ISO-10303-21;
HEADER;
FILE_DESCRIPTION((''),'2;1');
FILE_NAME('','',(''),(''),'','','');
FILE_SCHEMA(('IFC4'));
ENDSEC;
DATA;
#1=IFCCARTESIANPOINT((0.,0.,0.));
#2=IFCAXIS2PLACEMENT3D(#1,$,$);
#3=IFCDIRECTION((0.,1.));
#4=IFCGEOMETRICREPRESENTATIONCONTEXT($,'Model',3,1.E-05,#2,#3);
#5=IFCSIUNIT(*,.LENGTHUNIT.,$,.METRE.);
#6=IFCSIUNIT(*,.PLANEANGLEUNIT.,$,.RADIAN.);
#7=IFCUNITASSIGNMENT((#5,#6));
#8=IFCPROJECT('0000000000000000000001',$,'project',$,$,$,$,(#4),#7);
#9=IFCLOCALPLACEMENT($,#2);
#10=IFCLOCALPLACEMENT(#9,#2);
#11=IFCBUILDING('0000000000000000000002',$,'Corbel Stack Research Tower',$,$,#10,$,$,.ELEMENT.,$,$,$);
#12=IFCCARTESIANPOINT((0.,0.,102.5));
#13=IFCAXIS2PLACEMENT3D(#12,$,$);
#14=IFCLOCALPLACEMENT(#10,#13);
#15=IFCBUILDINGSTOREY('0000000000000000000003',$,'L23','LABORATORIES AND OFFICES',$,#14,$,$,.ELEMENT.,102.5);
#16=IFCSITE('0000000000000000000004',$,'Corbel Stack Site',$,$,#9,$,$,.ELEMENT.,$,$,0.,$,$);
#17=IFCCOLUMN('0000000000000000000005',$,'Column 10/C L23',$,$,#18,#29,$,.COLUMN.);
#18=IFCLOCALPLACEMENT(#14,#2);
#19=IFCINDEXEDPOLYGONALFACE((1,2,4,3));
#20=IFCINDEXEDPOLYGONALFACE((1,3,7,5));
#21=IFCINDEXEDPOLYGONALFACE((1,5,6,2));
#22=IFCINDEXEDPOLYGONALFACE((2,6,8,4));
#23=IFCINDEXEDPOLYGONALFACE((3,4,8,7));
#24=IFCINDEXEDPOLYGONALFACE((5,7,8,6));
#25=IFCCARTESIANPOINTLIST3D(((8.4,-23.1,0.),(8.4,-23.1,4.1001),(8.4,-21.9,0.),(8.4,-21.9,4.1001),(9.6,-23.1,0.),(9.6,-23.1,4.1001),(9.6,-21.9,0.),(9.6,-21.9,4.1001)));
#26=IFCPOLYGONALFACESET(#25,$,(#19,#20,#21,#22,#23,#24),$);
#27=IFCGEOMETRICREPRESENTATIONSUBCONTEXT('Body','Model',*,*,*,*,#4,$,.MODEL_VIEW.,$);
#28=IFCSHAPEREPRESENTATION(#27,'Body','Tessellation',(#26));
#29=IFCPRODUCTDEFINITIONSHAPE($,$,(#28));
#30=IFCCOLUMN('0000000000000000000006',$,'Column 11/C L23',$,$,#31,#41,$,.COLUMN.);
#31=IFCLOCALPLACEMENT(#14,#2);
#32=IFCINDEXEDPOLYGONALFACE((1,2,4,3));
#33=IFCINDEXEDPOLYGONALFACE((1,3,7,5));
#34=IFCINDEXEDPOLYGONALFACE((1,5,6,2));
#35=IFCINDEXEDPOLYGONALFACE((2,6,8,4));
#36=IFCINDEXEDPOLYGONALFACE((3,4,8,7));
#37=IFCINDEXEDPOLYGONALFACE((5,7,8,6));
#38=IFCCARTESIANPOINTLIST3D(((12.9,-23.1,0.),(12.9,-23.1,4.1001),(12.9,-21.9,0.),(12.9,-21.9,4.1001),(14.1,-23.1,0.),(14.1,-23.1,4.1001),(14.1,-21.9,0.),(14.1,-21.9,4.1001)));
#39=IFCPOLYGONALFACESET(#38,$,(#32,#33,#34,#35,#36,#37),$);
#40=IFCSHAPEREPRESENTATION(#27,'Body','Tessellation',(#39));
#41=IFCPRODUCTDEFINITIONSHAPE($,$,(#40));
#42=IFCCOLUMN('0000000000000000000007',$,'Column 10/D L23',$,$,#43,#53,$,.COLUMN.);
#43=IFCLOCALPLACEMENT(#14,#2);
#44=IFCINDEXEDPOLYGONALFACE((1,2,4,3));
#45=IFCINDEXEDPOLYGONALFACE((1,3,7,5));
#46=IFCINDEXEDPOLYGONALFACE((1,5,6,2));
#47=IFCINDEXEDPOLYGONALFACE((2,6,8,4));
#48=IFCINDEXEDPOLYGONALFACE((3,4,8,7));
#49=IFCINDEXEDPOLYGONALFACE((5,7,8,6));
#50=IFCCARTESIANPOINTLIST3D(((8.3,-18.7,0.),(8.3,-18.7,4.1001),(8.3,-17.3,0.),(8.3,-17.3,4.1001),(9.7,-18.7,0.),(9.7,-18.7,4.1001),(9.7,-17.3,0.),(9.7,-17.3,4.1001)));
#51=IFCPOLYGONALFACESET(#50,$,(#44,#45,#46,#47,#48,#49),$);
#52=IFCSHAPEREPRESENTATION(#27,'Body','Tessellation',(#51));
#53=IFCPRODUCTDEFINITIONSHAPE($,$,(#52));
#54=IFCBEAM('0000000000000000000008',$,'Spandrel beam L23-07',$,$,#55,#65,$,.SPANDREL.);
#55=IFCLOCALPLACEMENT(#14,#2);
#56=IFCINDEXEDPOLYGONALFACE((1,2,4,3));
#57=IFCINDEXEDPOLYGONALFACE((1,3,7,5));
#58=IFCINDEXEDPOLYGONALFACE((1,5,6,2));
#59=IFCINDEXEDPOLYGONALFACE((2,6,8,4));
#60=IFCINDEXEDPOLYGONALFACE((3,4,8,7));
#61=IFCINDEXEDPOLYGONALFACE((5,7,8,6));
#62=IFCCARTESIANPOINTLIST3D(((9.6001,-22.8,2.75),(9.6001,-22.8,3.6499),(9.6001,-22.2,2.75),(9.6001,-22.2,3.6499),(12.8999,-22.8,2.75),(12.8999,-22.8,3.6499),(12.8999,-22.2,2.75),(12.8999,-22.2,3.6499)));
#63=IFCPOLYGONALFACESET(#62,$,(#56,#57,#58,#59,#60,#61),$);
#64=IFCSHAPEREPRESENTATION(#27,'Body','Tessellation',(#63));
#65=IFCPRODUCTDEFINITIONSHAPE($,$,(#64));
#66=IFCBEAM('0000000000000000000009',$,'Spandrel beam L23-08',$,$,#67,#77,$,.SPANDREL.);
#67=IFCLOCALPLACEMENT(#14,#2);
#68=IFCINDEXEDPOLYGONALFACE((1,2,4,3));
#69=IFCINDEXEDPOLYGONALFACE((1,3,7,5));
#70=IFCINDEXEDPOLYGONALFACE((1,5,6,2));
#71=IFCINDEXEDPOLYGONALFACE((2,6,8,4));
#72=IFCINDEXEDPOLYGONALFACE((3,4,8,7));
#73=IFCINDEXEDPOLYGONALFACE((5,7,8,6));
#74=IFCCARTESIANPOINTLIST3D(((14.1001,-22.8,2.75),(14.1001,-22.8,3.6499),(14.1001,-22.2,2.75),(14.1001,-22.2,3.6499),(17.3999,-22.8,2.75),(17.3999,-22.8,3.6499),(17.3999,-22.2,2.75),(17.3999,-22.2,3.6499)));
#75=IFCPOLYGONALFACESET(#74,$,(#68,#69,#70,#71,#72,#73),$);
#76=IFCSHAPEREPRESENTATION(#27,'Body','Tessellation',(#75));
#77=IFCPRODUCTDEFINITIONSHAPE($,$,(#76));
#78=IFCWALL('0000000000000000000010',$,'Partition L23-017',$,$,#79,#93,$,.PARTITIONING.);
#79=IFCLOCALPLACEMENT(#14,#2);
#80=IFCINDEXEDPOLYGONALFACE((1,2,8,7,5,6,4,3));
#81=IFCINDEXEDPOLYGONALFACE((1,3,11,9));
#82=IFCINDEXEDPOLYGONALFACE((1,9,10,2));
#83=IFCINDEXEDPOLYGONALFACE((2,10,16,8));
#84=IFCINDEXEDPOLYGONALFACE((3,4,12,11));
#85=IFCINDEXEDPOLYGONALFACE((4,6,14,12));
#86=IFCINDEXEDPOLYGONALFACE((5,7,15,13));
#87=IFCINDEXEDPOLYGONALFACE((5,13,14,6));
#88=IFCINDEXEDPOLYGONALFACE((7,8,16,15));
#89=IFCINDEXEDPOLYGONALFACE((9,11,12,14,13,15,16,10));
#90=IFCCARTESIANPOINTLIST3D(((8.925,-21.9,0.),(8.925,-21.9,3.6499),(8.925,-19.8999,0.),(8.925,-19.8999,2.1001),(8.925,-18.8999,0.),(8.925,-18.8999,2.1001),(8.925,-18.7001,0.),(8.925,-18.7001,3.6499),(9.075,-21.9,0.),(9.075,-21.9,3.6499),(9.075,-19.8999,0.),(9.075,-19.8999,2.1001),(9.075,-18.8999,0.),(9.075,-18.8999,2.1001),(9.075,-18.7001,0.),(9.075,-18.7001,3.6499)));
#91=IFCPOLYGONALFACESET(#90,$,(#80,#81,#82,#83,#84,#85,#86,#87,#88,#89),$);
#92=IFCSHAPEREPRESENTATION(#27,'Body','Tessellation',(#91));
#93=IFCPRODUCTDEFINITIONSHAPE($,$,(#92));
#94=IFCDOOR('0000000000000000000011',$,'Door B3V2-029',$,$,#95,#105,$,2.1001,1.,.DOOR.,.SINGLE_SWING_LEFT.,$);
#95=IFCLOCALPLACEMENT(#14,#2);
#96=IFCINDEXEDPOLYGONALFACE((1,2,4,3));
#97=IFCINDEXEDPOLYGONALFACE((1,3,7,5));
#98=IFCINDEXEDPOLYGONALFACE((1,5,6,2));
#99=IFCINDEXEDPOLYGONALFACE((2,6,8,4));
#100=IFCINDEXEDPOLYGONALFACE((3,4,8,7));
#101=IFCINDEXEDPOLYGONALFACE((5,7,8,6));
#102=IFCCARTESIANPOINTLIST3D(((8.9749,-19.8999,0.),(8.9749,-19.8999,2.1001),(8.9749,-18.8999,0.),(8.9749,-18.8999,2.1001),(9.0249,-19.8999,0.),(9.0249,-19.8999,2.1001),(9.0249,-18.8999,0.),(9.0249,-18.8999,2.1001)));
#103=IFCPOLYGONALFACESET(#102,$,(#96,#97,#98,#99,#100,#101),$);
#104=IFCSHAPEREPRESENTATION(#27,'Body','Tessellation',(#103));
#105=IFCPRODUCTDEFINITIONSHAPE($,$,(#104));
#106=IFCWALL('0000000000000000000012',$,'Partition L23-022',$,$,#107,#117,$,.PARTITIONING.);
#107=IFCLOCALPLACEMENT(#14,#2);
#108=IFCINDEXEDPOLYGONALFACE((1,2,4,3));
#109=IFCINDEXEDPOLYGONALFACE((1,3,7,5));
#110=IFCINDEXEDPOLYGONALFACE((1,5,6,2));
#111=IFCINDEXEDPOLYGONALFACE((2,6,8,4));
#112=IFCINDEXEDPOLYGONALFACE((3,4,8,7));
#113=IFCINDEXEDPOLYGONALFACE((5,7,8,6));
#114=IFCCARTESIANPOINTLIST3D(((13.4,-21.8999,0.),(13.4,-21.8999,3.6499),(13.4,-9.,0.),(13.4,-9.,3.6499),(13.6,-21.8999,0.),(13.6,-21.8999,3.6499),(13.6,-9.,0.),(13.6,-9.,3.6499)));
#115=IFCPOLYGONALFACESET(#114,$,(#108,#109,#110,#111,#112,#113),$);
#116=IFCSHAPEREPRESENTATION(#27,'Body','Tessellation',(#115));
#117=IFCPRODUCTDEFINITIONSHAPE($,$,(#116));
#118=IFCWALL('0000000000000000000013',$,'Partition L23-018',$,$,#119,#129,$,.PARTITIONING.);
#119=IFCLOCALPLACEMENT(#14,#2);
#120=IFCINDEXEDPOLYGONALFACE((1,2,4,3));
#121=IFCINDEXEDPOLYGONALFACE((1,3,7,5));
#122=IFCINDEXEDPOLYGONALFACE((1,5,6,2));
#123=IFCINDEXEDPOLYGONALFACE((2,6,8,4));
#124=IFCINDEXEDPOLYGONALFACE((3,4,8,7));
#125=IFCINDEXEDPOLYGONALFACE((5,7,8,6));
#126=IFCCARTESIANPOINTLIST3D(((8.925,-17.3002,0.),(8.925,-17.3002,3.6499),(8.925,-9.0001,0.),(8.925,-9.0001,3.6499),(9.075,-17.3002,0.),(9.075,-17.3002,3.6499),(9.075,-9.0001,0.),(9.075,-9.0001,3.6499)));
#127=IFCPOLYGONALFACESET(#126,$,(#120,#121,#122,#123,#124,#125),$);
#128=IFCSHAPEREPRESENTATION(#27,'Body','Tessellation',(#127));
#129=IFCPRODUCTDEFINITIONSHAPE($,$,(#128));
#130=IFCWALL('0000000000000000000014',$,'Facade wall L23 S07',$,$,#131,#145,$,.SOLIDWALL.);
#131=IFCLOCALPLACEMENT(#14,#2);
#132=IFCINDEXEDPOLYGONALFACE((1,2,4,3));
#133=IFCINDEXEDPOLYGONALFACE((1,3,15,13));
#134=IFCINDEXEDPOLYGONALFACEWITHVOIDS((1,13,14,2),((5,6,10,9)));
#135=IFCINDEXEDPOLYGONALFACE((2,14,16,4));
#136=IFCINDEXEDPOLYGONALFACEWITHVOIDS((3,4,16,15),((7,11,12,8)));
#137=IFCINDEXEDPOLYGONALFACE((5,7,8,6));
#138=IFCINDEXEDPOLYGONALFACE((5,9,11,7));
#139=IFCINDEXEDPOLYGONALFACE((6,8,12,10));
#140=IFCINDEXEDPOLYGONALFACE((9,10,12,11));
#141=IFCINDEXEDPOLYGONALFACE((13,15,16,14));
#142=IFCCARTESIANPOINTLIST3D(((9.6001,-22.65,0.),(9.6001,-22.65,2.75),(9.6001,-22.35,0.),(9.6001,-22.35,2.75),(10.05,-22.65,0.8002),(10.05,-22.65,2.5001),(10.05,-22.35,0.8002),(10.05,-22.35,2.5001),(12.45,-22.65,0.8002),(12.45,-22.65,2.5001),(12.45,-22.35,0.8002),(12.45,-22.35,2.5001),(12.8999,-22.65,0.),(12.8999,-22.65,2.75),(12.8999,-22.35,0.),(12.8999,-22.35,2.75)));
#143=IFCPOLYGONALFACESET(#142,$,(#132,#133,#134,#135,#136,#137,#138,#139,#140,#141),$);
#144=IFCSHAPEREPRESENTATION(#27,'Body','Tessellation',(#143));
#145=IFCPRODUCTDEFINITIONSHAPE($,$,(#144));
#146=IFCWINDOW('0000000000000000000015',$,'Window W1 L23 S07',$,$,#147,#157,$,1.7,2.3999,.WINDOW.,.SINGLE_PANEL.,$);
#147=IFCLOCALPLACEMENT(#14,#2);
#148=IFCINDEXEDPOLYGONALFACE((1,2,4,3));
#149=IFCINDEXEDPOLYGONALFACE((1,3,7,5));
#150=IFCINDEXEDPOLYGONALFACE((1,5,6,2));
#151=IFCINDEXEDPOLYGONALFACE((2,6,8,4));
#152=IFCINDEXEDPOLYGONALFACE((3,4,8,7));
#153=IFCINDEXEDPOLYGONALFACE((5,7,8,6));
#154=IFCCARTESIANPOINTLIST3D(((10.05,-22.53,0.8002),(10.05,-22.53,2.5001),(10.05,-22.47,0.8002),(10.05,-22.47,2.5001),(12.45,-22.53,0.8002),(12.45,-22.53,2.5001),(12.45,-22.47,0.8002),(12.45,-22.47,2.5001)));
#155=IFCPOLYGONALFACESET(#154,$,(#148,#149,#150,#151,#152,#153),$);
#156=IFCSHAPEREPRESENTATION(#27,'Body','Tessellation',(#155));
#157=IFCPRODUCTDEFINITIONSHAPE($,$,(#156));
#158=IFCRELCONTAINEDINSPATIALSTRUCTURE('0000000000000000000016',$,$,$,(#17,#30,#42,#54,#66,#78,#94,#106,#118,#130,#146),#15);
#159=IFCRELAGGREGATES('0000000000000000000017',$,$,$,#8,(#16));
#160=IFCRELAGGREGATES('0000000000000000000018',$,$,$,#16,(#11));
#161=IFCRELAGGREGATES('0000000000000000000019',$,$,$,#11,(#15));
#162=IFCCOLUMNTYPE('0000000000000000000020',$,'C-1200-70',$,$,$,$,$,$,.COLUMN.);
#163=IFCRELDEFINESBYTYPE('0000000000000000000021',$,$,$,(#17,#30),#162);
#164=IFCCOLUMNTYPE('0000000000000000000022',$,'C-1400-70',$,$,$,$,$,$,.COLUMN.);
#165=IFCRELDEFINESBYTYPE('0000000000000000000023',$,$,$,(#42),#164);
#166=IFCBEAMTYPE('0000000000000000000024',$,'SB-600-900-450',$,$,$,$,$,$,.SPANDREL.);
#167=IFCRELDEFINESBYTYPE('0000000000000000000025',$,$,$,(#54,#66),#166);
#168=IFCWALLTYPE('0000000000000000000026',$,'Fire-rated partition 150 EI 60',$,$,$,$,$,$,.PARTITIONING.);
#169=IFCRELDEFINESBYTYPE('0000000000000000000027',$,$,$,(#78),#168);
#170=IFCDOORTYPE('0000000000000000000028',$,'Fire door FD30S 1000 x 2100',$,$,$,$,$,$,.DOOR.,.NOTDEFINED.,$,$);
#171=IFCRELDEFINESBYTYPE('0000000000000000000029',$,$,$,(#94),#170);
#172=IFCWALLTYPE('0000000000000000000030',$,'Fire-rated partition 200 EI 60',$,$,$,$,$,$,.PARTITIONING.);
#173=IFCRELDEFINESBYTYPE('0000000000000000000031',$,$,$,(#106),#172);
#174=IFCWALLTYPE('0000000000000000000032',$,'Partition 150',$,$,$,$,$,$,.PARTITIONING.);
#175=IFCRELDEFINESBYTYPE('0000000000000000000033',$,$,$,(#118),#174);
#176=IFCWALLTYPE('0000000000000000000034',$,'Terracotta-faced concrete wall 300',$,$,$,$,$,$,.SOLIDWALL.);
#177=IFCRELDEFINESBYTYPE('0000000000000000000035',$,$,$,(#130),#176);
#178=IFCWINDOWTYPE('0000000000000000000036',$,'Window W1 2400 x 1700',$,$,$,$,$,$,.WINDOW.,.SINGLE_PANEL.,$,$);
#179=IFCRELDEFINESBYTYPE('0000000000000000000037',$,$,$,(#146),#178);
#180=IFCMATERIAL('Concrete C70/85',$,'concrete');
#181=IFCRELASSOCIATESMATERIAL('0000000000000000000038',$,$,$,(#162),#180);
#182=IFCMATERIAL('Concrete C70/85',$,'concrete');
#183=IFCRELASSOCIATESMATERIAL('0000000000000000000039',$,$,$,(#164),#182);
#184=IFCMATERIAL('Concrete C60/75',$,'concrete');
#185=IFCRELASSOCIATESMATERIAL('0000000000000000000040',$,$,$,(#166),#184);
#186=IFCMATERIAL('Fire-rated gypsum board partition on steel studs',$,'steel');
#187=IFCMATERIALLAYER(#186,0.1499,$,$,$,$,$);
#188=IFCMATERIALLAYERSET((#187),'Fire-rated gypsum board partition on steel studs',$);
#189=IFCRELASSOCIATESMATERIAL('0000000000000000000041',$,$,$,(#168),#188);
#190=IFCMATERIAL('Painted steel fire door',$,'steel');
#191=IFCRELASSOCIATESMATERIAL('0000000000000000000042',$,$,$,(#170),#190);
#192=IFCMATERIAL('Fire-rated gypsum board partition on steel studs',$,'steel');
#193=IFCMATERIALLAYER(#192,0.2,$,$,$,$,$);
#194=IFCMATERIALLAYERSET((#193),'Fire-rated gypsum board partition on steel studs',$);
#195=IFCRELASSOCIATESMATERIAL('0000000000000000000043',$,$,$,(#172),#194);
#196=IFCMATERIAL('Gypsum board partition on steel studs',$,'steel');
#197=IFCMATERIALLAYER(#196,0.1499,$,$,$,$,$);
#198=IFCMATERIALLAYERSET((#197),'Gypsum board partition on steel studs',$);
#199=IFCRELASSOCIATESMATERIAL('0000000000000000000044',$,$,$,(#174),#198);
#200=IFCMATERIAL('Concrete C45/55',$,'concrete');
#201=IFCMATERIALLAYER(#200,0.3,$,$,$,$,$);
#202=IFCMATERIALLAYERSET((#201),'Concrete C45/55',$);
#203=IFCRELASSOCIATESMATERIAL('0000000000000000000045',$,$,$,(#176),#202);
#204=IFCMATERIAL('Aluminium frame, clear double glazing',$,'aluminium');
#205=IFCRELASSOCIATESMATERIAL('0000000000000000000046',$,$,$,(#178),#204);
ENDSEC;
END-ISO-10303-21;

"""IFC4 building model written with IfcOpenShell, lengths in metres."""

from ifc_helpers import new_model, si_unit, direction, frame, frame_2d, origin, origin_2d, place, context, subcontext, project, spatial, rectangle, extrude, material, layer, layer_set, material_profile, profile_set, type_object, element, fill, save


model = new_model("IFC4")

# Units and contexts
model_context = context("Model", 3, precision=1e-05, world=origin(), true_north=direction((0.0, 1.0)))
body_context = subcontext(model_context, "Body", "Model", "MODEL_VIEW")
ifc_project = project(units=[si_unit("LENGTHUNIT", "METRE"), si_unit("PLANEANGLEUNIT", "RADIAN")], contexts=[model_context])

# Site, building, storey
site_placement = place(None, origin())
site = spatial("IfcSite", under=ifc_project, at=site_placement, Name="Corbel Stack Site", CompositionType="ELEMENT", RefElevation=0.0)
building_placement = place(site_placement, origin())
building = spatial("IfcBuilding", under=site, at=building_placement, Name="Corbel Stack Research Tower", CompositionType="ELEMENT")
storey_placement = place(building_placement, frame((0.0, 0.0, 102.5)))
storey = spatial("IfcBuildingStorey", under=building, at=storey_placement, Name="L23", Description="LABORATORIES AND OFFICES", CompositionType="ELEMENT", Elevation=102.5)

# Columns
ifc_material_1 = material(Name="Concrete C70/85", Category="concrete")
ifc_material_profile_1 = material_profile(ifc_material_1, rectangle(XDim=1.2, YDim=1.2, at=origin_2d()), Name="RC 1200 x 1200")
ifc_profile_set_1 = profile_set([ifc_material_profile_1], Name="Concrete C70/85")
column_type_1 = type_object("IfcColumnType", Name="C-1200-70", PredefinedType="COLUMN", material=ifc_profile_set_1)
for number, where, z_axis, x_axis, name in (
    (1, (9.0, -22.5, 0.0), (0.0, 0.0, 1.0), (1.0, 0.0, 0.0), "Column 10/C L23"),
    (2, (13.5, -22.5, 0.0), (0.0, 0.0, 1.0), (1.0, 0.0, 0.0), "Column 11/C L23"),
):
    element("IfcColumn", number, at=place(storey_placement, frame(where, z_axis=z_axis, x_axis=x_axis)), inside=storey, type_object=column_type_1, Name=name, PredefinedType="COLUMN", context=body_context, shape_type="SweptSolid", body=[
        extrude(rectangle(XDim=1.2, YDim=1.2, at=origin_2d()), origin(), (0.0, 0.0, 1.0), 4.1001),
    ])
ifc_material_2 = material(Name="Concrete C70/85", Category="concrete")
ifc_material_profile_2 = material_profile(ifc_material_2, rectangle(XDim=1.3999, YDim=1.3999, at=origin_2d()), Name="RC 1400 x 1400")
ifc_profile_set_2 = profile_set([ifc_material_profile_2], Name="Concrete C70/85")
column_type_2 = type_object("IfcColumnType", Name="C-1400-70", PredefinedType="COLUMN", material=ifc_profile_set_2)
column_placement = place(storey_placement, frame((9.0, -18.0, 0.0), z_axis=(0.0, 0.0, 1.0), x_axis=(1.0, 0.0, 0.0)))
element("IfcColumn", 3, at=column_placement, inside=storey, type_object=column_type_2, Name="Column 10/D L23", PredefinedType="COLUMN", context=body_context, shape_type="SweptSolid", body=[
    extrude(rectangle(XDim=1.3999, YDim=1.3999, at=origin_2d()), origin(), (0.0, 0.0, 1.0), 4.1001),
])

# Beams
ifc_material_3 = material(Name="Concrete C60/75", Category="concrete")
ifc_material_profile_3 = material_profile(ifc_material_3, rectangle(XDim=0.6001, YDim=0.8999, at=origin_2d()), Name="RC 600 x 900")
ifc_profile_set_3 = profile_set([ifc_material_profile_3], Name="Concrete C60/75")
beam_type = type_object("IfcBeamType", Name="SB-600-900-450", PredefinedType="SPANDREL", material=ifc_profile_set_3)
for number, where, z_axis, x_axis, name in (
    (4, (9.6001, -22.5, 3.2), (1.0, 0.0, 0.0), (0.0, 1.0, 0.0), "Spandrel beam L23-07"),
    (5, (14.1001, -22.5, 3.2), (1.0, 0.0, 0.0), (0.0, 1.0, 0.0), "Spandrel beam L23-08"),
):
    element("IfcBeam", number, at=place(storey_placement, frame(where, z_axis=z_axis, x_axis=x_axis)), inside=storey, type_object=beam_type, Name=name, PredefinedType="SPANDREL", context=body_context, shape_type="SweptSolid", body=[
        extrude(rectangle(XDim=0.6001, YDim=0.8999, at=origin_2d()), origin(), (0.0, 0.0, 1.0), 3.2998),
    ])

# Wall, opening, door
ifc_material_4 = material(Name="Fire-rated gypsum board partition on steel studs", Category="steel")
ifc_layer_1 = layer(ifc_material_4, 0.1499)
ifc_layer_set_1 = layer_set([ifc_layer_1], Name="Fire-rated gypsum board partition on steel studs")
wall_type_1 = type_object("IfcWallType", Name="Fire-rated partition 150 EI 60", PredefinedType="PARTITIONING", material=ifc_layer_set_1)
wall_1_placement = place(storey_placement, frame((9.0, -18.7, 0.0), z_axis=(0.0, 0.0, 1.0), x_axis=(0.0, -1.0, 0.0)))
wall_1 = element("IfcWall", 6, at=wall_1_placement, inside=storey, type_object=wall_type_1, Name="Partition L23-017", PredefinedType="PARTITIONING", context=body_context, shape_type="SweptSolid", body=[
    extrude(rectangle(XDim=3.2, YDim=0.1499, at=frame_2d((1.6001, 0.0))), origin(), (0.0, 0.0, 1.0), 3.6499),
])
opening_1_placement = place(wall_1_placement, frame((0.2, 0.0, 0.0)))
opening_1 = element("IfcOpeningElement", 7, at=opening_1_placement, cuts=wall_1, PredefinedType="OPENING", context=body_context, shape_type="SweptSolid", body=[
    extrude(rectangle(XDim=1.0, YDim=2.1001, at=frame_2d((0.5, 1.05))), frame((0.0, 0.085, 0.0), z_axis=(0.0, -1.0, 0.0), x_axis=(1.0, 0.0, 0.0)), (0.0, 0.0, 1.0), 0.1699),
])
ifc_material_5 = material(Name="Painted steel fire door", Category="steel")
door_type_1 = type_object("IfcDoorType", Name="Fire door FD30S 1000 x 2100", OperationType="NOTDEFINED", PredefinedType="DOOR", material=ifc_material_5)
door_1_placement = place(opening_1_placement, origin())
door_1 = element("IfcDoor", 8, at=door_1_placement, inside=storey, type_object=door_type_1, Name="Door B3V2-029", OperationType="SINGLE_SWING_LEFT", OverallHeight=2.1001, OverallWidth=1.0, PredefinedType="DOOR", context=body_context, shape_type="SweptSolid", body=[
    extrude(rectangle(XDim=1.0, YDim=2.1001, at=frame_2d((0.5, 1.05))), frame((0.0, 0.0249, 0.0), z_axis=(0.0, -1.0, 0.0), x_axis=(1.0, 0.0, 0.0)), (0.0, 0.0, 1.0), 0.05),
])
fill(opening_1, door_1)

# Walls
ifc_material_6 = material(Name="Fire-rated gypsum board partition on steel studs", Category="steel")
ifc_layer_2 = layer(ifc_material_6, 0.2)
ifc_layer_set_2 = layer_set([ifc_layer_2], Name="Fire-rated gypsum board partition on steel studs")
wall_type_2 = type_object("IfcWallType", Name="Fire-rated partition 200 EI 60", PredefinedType="PARTITIONING", material=ifc_layer_set_2)
wall_2_placement = place(storey_placement, frame((13.5, -21.8999, 0.0), z_axis=(0.0, 0.0, 1.0), x_axis=(0.0, 1.0, 0.0)))
element("IfcWall", 9, at=wall_2_placement, inside=storey, type_object=wall_type_2, Name="Partition L23-022", PredefinedType="PARTITIONING", context=body_context, shape_type="SweptSolid", body=[
    extrude(rectangle(XDim=12.8999, YDim=0.2, at=frame_2d((6.45, 0.0))), origin(), (0.0, 0.0, 1.0), 3.6499),
])
ifc_material_7 = material(Name="Gypsum board partition on steel studs", Category="steel")
ifc_layer_3 = layer(ifc_material_7, 0.1499)
ifc_layer_set_3 = layer_set([ifc_layer_3], Name="Gypsum board partition on steel studs")
wall_type_3 = type_object("IfcWallType", Name="Partition 150", PredefinedType="PARTITIONING", material=ifc_layer_set_3)
wall_3_placement = place(storey_placement, frame((9.0, -17.3, 0.0), z_axis=(0.0, 0.0, 1.0), x_axis=(0.0, 1.0, 0.0)))
element("IfcWall", 10, at=wall_3_placement, inside=storey, type_object=wall_type_3, Name="Partition L23-018", PredefinedType="PARTITIONING", context=body_context, shape_type="SweptSolid", body=[
    extrude(rectangle(XDim=8.3, YDim=0.1499, at=frame_2d((4.1499, 0.0))), origin(), (0.0, 0.0, 1.0), 3.6499),
])

# Wall, opening, window
ifc_material_8 = material(Name="Concrete C45/55", Category="concrete")
ifc_layer_4 = layer(ifc_material_8, 0.3)
ifc_layer_set_4 = layer_set([ifc_layer_4], Name="Concrete C45/55")
wall_type_4 = type_object("IfcWallType", Name="Terracotta-faced concrete wall 300", PredefinedType="SOLIDWALL", material=ifc_layer_set_4)
wall_4_placement = place(storey_placement, frame((12.8999, -22.5, 0.0), z_axis=(0.0, 0.0, 1.0), x_axis=(-1.0, 0.0, 0.0)))
wall_4 = element("IfcWall", 11, at=wall_4_placement, inside=storey, type_object=wall_type_4, Name="Facade wall L23 S07", PredefinedType="SOLIDWALL", context=body_context, shape_type="SweptSolid", body=[
    extrude(rectangle(XDim=3.2998, YDim=0.3, at=frame_2d((1.6499, 0.0))), origin(), (0.0, 0.0, 1.0), 2.75),
])
opening_2_placement = place(wall_4_placement, frame((0.45, 0.0, 0.8)))
opening_2 = element("IfcOpeningElement", 12, at=opening_2_placement, cuts=wall_4, PredefinedType="OPENING", context=body_context, shape_type="SweptSolid", body=[
    extrude(rectangle(XDim=2.3999, YDim=1.7, at=frame_2d((1.2, 0.8501))), frame((0.0, 0.1599, 0.0), z_axis=(0.0, -1.0, 0.0), x_axis=(1.0, 0.0, 0.0)), (0.0, 0.0, 1.0), 0.3201),
])
ifc_material_9 = material(Name="Aluminium frame, clear double glazing", Category="aluminium")
window_type = type_object("IfcWindowType", Name="Window W1 2400 x 1700", PartitioningType="SINGLE_PANEL", PredefinedType="WINDOW", material=ifc_material_9)
window_1_placement = place(opening_2_placement, origin())
window_1 = element("IfcWindow", 13, at=window_1_placement, inside=storey, type_object=window_type, Name="Window W1 L23 S07", OverallHeight=1.7, OverallWidth=2.3999, PartitioningType="SINGLE_PANEL", PredefinedType="WINDOW", context=body_context, shape_type="SweptSolid", body=[
    extrude(rectangle(XDim=2.3999, YDim=1.7, at=frame_2d((1.2, 0.8501))), frame((0.0, 0.03, 0.0), z_axis=(0.0, -1.0, 0.0), x_axis=(1.0, 0.0, 0.0)), (0.0, 0.0, 1.0), 0.0601),
])
fill(opening_2, window_1)

save(model, "model.ifc")
